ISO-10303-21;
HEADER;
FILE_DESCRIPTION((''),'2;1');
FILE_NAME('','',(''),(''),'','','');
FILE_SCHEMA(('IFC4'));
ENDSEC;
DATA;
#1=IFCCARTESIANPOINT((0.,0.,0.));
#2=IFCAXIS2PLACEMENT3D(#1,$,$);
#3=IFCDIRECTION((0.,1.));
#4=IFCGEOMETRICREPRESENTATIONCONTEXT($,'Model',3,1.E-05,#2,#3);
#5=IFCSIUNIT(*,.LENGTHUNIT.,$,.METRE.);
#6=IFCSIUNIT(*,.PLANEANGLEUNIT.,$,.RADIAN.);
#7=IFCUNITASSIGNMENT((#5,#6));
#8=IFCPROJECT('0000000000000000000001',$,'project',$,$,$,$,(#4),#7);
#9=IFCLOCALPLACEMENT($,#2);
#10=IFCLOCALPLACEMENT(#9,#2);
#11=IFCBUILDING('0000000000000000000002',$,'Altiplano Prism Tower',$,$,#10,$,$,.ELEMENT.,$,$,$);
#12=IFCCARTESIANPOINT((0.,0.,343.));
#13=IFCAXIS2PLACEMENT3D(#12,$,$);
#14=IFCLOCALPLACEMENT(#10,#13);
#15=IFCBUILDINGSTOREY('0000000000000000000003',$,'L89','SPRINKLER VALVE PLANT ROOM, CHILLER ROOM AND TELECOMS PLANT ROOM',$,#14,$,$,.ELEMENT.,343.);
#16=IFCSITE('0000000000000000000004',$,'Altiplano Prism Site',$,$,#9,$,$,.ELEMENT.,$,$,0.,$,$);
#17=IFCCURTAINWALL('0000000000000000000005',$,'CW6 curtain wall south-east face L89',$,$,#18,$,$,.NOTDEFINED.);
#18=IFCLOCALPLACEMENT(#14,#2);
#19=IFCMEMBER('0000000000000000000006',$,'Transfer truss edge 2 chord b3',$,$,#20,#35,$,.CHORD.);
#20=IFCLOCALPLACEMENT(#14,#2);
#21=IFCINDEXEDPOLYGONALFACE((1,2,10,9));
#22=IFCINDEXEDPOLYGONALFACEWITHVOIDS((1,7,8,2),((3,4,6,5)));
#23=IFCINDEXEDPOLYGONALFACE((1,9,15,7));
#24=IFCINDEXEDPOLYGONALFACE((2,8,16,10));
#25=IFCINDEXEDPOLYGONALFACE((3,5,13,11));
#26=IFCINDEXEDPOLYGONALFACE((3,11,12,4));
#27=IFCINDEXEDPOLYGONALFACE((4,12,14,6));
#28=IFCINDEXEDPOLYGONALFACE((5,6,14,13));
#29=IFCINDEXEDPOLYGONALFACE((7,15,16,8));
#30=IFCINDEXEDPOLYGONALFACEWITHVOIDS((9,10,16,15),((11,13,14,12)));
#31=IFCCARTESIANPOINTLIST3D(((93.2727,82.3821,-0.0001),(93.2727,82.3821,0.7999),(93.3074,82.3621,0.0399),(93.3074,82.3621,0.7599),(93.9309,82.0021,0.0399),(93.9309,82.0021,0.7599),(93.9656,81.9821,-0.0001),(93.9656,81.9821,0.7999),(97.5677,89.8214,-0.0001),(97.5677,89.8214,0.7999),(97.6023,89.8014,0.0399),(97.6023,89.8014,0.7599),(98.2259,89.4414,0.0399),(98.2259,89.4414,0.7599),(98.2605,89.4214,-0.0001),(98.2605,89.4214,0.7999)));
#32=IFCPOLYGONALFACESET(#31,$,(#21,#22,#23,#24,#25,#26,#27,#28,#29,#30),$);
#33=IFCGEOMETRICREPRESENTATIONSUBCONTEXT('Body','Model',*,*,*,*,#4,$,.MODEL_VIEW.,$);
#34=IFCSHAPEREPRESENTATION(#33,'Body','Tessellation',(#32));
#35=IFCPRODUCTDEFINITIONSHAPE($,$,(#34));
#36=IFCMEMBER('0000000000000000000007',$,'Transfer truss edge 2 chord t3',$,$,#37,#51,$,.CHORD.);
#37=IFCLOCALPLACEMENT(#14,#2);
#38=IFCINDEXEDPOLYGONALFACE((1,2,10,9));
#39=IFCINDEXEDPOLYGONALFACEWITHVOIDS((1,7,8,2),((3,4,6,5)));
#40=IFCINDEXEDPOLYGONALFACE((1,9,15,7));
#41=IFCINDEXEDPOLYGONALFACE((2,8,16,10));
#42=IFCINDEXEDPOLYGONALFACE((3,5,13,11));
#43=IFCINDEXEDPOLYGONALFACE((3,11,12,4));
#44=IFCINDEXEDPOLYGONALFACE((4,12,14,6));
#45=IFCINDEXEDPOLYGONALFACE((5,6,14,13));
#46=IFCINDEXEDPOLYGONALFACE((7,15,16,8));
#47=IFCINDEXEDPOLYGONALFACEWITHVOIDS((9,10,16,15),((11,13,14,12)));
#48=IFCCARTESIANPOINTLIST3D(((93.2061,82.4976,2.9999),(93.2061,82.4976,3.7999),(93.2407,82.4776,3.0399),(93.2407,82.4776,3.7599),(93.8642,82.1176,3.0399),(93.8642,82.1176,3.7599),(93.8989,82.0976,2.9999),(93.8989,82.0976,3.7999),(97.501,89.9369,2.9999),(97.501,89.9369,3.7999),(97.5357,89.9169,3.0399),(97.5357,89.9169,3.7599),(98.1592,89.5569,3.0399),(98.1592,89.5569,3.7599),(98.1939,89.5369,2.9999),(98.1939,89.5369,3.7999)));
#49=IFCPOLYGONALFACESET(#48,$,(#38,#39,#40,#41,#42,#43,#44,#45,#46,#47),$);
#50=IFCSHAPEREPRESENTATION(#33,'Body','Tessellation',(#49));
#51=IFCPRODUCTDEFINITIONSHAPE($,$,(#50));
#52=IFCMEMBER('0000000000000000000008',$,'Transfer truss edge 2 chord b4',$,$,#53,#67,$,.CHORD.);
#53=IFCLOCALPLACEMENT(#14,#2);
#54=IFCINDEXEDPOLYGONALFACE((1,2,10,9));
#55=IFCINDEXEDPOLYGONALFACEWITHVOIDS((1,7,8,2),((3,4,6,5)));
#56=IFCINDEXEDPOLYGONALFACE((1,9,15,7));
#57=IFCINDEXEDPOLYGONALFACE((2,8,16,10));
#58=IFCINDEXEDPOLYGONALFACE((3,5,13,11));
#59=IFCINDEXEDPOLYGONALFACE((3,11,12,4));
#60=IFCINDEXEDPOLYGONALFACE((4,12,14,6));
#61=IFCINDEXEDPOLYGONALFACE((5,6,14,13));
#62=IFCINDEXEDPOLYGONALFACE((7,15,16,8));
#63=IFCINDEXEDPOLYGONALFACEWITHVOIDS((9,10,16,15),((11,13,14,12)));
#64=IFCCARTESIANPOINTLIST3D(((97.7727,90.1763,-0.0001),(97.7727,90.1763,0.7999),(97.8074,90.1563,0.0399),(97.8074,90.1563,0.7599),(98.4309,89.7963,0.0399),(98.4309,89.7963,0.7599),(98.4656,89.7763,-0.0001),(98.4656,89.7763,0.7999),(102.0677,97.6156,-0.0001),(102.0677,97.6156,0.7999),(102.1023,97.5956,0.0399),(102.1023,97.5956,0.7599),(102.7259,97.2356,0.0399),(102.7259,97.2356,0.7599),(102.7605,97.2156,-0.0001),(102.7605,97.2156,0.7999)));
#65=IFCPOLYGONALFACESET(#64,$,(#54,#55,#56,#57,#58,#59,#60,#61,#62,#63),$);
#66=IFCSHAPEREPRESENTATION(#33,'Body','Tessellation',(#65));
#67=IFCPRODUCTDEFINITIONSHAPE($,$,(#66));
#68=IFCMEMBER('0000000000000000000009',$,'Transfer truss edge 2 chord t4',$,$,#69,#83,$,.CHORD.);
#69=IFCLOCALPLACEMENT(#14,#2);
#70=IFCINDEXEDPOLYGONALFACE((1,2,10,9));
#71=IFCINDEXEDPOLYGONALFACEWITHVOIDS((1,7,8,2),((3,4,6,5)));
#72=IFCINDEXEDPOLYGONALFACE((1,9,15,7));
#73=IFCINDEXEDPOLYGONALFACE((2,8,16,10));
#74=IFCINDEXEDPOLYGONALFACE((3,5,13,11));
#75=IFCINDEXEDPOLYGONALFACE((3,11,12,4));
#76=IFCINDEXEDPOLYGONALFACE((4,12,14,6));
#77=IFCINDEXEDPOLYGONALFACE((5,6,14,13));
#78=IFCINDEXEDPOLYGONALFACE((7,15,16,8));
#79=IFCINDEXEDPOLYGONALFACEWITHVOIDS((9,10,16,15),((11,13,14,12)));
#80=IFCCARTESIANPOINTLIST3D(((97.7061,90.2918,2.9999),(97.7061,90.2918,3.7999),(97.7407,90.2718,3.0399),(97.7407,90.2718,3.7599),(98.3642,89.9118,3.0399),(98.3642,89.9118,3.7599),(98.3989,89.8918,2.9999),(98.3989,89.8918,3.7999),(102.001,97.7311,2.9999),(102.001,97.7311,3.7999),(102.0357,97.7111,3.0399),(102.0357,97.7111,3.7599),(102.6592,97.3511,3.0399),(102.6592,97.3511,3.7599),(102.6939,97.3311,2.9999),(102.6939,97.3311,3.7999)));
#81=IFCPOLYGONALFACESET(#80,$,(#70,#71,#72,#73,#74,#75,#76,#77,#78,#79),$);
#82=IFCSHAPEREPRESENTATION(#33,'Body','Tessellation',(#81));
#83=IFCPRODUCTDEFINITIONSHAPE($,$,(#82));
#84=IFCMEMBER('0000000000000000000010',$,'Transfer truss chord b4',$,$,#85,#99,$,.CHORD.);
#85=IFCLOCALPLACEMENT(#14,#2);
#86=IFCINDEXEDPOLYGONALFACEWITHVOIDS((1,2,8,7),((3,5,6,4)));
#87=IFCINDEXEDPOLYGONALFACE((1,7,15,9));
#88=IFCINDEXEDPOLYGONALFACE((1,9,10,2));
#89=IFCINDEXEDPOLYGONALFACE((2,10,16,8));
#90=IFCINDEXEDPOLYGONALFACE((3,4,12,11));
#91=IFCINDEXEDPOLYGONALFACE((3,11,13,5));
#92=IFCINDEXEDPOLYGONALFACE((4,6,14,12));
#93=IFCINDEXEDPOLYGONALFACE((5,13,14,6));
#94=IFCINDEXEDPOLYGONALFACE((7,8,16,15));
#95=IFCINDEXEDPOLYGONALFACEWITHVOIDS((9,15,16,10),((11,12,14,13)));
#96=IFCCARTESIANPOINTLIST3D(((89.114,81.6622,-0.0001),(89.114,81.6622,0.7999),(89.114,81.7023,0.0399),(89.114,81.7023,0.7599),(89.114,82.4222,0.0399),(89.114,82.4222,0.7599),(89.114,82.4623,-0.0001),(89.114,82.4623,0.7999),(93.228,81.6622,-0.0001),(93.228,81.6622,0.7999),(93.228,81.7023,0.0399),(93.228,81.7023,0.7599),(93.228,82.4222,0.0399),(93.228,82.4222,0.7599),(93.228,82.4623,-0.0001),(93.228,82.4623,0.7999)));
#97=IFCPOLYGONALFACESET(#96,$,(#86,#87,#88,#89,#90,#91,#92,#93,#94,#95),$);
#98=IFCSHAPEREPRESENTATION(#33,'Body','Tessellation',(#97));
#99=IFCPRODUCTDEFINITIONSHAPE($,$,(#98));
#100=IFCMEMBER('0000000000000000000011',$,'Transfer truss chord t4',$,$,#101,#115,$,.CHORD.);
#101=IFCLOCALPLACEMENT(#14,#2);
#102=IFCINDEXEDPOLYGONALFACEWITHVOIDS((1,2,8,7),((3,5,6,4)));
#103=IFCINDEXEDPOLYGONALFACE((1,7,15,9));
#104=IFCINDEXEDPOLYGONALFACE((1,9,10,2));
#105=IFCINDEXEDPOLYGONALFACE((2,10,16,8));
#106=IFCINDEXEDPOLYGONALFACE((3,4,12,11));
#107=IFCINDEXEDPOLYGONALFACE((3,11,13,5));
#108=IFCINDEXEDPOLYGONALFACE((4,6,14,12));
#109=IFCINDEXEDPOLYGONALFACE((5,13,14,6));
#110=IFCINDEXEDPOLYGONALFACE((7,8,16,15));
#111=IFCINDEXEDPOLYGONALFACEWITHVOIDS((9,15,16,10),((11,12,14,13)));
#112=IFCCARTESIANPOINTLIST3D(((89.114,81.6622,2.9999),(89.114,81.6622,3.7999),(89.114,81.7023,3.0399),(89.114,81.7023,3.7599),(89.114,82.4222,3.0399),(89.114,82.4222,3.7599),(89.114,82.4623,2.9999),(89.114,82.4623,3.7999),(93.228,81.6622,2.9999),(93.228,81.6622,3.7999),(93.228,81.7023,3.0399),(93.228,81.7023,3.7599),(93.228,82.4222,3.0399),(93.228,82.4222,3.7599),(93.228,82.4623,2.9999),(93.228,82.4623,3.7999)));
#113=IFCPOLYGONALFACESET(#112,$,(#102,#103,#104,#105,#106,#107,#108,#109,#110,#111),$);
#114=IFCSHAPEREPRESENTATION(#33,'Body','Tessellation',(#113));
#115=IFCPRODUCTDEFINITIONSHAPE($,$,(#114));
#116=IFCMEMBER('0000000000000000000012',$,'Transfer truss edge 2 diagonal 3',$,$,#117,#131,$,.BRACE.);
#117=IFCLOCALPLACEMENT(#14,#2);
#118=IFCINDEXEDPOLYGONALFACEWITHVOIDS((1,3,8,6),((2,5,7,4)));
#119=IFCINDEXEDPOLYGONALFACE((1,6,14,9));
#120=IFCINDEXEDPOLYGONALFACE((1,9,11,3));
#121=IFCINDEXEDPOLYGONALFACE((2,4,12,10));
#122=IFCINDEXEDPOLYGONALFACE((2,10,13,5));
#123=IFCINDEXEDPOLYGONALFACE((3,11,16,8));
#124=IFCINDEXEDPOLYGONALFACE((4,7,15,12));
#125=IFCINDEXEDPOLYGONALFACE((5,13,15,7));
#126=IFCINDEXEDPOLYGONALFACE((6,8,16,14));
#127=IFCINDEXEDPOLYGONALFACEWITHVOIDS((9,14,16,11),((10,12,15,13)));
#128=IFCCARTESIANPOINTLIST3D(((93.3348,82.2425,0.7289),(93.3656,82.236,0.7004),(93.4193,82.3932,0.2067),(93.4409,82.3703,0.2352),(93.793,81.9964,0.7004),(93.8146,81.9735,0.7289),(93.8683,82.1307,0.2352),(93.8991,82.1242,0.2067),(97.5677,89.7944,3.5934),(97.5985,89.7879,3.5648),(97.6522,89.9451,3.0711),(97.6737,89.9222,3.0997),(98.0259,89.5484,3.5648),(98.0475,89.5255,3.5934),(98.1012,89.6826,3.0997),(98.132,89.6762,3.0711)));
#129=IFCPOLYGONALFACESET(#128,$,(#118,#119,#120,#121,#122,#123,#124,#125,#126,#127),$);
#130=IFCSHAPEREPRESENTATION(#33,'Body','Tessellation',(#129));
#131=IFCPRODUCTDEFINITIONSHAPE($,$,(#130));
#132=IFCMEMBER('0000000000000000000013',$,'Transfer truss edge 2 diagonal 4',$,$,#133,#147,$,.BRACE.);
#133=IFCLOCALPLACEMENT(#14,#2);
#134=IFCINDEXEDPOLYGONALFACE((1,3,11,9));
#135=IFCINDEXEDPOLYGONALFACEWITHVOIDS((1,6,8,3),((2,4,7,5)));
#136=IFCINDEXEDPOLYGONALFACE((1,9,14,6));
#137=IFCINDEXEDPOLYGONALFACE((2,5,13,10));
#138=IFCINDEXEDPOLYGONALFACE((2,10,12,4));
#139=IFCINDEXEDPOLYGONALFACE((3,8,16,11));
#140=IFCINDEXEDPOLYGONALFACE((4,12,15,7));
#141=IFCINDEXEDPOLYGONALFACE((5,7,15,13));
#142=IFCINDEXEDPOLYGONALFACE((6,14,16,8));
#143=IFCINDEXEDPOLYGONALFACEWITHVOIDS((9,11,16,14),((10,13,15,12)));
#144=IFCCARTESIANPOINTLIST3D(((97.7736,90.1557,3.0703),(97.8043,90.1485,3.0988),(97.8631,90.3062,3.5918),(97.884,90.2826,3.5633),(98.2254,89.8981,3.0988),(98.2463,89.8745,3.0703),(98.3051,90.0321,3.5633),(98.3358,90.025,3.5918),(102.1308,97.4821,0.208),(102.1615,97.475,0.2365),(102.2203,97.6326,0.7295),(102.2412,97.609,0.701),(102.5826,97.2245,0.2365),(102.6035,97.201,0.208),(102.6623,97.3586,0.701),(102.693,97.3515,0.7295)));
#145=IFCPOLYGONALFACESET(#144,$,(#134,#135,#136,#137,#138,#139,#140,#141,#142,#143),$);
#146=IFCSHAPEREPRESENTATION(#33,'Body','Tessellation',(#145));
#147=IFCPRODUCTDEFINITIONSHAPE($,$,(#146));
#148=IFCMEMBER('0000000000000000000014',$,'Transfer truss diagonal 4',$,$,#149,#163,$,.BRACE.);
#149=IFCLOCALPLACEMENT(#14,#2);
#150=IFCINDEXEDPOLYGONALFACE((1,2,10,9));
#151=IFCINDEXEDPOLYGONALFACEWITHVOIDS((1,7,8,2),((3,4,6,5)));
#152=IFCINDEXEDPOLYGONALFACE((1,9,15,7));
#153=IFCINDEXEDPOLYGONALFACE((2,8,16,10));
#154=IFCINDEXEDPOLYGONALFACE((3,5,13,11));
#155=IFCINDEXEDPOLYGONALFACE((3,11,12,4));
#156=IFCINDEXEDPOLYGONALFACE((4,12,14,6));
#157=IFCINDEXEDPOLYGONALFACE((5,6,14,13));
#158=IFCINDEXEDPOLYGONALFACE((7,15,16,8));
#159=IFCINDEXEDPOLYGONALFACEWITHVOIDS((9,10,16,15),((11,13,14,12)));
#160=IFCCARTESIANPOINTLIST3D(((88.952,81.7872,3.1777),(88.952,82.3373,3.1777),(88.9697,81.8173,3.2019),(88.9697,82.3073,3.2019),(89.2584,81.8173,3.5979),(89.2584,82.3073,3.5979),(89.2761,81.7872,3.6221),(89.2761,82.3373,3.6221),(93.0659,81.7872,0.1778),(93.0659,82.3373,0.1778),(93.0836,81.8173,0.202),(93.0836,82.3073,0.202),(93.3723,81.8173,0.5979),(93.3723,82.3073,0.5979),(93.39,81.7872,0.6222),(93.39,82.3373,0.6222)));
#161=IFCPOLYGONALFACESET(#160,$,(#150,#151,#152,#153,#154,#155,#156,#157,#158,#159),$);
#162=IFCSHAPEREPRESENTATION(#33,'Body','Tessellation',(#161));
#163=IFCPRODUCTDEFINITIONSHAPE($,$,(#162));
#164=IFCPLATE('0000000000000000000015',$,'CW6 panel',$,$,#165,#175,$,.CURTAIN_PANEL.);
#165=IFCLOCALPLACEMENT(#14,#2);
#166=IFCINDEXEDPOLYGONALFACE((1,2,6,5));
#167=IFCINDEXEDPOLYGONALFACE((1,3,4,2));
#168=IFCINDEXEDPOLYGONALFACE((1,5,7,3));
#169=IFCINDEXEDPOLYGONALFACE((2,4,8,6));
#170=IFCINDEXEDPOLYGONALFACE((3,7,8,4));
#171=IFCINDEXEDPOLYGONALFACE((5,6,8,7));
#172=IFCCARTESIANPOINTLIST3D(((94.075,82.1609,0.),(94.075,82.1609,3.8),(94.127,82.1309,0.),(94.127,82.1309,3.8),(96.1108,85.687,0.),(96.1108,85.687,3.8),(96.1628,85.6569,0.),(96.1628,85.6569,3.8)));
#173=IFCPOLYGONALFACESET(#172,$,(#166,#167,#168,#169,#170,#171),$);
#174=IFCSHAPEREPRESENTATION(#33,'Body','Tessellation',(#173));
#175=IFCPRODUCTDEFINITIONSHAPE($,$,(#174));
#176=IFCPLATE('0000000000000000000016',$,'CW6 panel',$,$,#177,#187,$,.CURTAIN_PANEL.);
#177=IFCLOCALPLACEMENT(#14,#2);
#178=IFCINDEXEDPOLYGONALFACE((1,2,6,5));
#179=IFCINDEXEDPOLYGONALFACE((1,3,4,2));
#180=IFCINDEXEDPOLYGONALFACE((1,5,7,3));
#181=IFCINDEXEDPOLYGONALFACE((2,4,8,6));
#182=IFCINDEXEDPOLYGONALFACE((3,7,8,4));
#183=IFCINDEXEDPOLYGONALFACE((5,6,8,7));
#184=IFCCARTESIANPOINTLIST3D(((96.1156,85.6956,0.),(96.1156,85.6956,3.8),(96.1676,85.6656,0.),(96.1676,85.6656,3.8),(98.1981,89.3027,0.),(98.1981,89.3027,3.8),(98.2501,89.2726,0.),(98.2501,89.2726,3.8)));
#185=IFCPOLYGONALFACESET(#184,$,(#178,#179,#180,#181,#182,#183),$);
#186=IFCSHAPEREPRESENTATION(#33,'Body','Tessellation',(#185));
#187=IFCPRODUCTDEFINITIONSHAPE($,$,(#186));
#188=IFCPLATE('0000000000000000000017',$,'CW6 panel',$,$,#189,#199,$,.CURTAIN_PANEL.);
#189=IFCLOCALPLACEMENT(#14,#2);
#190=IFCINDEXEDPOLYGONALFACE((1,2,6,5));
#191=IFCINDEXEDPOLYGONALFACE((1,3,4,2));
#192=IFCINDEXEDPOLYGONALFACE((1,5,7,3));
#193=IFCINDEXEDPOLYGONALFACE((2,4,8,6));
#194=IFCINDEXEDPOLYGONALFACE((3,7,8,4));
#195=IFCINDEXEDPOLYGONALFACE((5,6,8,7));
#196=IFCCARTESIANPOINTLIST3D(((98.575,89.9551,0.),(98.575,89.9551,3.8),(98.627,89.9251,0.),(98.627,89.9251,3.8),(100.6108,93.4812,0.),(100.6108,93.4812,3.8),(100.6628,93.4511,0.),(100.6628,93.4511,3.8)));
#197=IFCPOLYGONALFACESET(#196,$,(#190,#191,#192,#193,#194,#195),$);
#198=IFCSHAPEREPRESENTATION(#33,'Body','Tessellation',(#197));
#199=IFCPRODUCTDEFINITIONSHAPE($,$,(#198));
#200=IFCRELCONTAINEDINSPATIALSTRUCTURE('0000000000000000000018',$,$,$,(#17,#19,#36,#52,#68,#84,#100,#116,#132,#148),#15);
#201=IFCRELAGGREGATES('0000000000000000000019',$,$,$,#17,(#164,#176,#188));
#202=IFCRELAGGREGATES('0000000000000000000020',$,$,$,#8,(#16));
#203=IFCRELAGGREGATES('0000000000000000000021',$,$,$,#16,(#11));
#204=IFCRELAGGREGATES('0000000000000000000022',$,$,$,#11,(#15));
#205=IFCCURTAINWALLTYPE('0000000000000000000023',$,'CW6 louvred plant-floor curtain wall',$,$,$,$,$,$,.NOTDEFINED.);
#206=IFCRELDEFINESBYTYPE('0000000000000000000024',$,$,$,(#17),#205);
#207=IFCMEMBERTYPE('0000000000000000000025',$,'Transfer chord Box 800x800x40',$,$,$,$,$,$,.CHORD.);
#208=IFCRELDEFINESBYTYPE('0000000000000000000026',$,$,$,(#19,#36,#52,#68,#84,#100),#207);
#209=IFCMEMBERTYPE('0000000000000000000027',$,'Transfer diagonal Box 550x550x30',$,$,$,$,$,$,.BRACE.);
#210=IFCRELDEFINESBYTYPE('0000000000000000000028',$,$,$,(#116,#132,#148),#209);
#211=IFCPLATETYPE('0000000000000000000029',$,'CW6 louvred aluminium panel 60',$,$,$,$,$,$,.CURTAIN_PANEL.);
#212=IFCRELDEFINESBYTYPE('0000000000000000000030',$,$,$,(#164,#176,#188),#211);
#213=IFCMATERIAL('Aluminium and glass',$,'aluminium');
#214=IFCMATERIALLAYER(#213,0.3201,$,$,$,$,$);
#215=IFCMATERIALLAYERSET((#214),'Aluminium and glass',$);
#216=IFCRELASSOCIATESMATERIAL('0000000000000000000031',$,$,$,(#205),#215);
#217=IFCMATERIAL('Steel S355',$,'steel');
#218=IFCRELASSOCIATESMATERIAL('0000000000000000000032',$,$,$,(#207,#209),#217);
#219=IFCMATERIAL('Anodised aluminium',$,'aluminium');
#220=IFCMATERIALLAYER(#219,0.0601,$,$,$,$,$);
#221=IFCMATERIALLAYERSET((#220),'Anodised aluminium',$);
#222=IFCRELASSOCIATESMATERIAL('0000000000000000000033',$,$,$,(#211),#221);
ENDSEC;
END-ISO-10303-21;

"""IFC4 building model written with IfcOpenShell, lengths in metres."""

from ifc_helpers import new_model, si_unit, direction, frame, origin, origin_2d, place, context, subcontext, project, spatial, rectangle, hollow_rectangle, extrude, material, layer, layer_set, material_profile, profile_set, type_object, element, aggregate, save


model = new_model("IFC4")

# Units and contexts
model_context = context("Model", 3, precision=1e-05, world=origin(), true_north=direction((0.0, 1.0)))
body_context = subcontext(model_context, "Body", "Model", "MODEL_VIEW")
ifc_project = project(units=[si_unit("LENGTHUNIT", "METRE"), si_unit("PLANEANGLEUNIT", "RADIAN")], contexts=[model_context])

# Site, building, storey
site_placement = place(None, origin())
site = spatial("IfcSite", under=ifc_project, at=site_placement, Name="Altiplano Prism Site", CompositionType="ELEMENT", RefElevation=0.0)
building_placement = place(site_placement, origin())
building = spatial("IfcBuilding", under=site, at=building_placement, Name="Altiplano Prism Tower", CompositionType="ELEMENT")
storey_placement = place(building_placement, frame((0.0, 0.0, 343.0)))
storey = spatial("IfcBuildingStorey", under=building, at=storey_placement, Name="L89", Description="SPRINKLER VALVE PLANT ROOM, CHILLER ROOM AND TELECOMS PLANT ROOM", CompositionType="ELEMENT", Elevation=343.0)

# Shared definitions
ifc_material_1 = material(Name="Steel S355", Category="steel")

# Curtain wall
ifc_material_2 = material(Name="Aluminium and glass", Category="aluminium")
ifc_layer_1 = layer(ifc_material_2, 0.3201)
ifc_layer_set_1 = layer_set([ifc_layer_1], Name="Aluminium and glass")
curtain_wall_type = type_object("IfcCurtainWallType", Name="CW6 louvred plant-floor curtain wall", PredefinedType="NOTDEFINED", material=ifc_layer_set_1)
curtain_wall_placement = place(storey_placement, origin())
curtain_wall = element("IfcCurtainWall", 1, at=curtain_wall_placement, inside=storey, type_object=curtain_wall_type, Name="CW6 curtain wall south-east face L89", PredefinedType="NOTDEFINED")

# Members
ifc_material_profile_1 = material_profile(ifc_material_1, hollow_rectangle(XDim=0.8, YDim=0.8, WallThickness=0.04, at=origin_2d()), Name="Transfer chord Box 800x800x40")
ifc_profile_set_1 = profile_set([ifc_material_profile_1], Name="Steel S355")
member_type_1 = type_object("IfcMemberType", Name="Transfer chord Box 800x800x40", PredefinedType="CHORD", material=ifc_profile_set_1)
for number, where, z_axis, x_axis, name in (
    (2, (93.6191, 82.1821, 0.3999), (0.499991, 0.866031, 0.0), (-0.866031, 0.499991, 0.0), "Transfer truss edge 2 chord b3"),
    (3, (93.5525, 82.2976, 3.3999), (0.499991, 0.866031, 0.0), (-0.866031, 0.499991, 0.0), "Transfer truss edge 2 chord t3"),
    (4, (98.1191, 89.9763, 0.3999), (0.499991, 0.866031, 0.0), (-0.866031, 0.499991, 0.0), "Transfer truss edge 2 chord b4"),
    (5, (98.0525, 90.0918, 3.3999), (0.499991, 0.866031, 0.0), (-0.866031, 0.499991, 0.0), "Transfer truss edge 2 chord t4"),
):
    element("IfcMember", number, at=place(storey_placement, frame(where, z_axis=z_axis, x_axis=x_axis)), inside=storey, type_object=member_type_1, Name=name, PredefinedType="CHORD", context=body_context, shape_type="SweptSolid", body=[
        extrude(hollow_rectangle(XDim=0.8, YDim=0.8, WallThickness=0.04, at=origin_2d()), origin(), (0.0, 0.0, 1.0), 8.5901),
    ])
for number, where, z_axis, x_axis, name in (
    (6, (89.114, 82.0623, 0.3999), (1.0, 0.0, 0.0), (0.0, 1.0, 0.0), "Transfer truss chord b4"),
    (7, (89.114, 82.0623, 3.3999), (1.0, 0.0, 0.0), (0.0, 1.0, 0.0), "Transfer truss chord t4"),
):
    element("IfcMember", number, at=place(storey_placement, frame(where, z_axis=z_axis, x_axis=x_axis)), inside=storey, type_object=member_type_1, Name=name, PredefinedType="CHORD", context=body_context, shape_type="SweptSolid", body=[
        extrude(hollow_rectangle(XDim=0.8, YDim=0.8, WallThickness=0.04, at=origin_2d()), origin(), (0.0, 0.0, 1.0), 4.114),
    ])
ifc_material_profile_2 = material_profile(ifc_material_1, hollow_rectangle(XDim=0.55, YDim=0.55, WallThickness=0.03, at=origin_2d()), Name="Transfer diagonal Box 550x550x30")
ifc_profile_set_2 = profile_set([ifc_material_profile_2], Name="Steel S355")
member_type_2 = type_object("IfcMemberType", Name="Transfer diagonal Box 550x550x30", PredefinedType="BRACE", material=ifc_profile_set_2)
member_1_placement = place(storey_placement, frame((93.6169, 82.1833, 0.4678), z_axis=(0.464187, 0.828164, 0.314126), x_axis=(-0.872319, 0.488937, 0.0)))
element("IfcMember", 8, at=member_1_placement, inside=storey, type_object=member_type_2, Name="Transfer truss edge 2 diagonal 3", PredefinedType="BRACE", context=body_context, shape_type="SweptSolid", body=[
    extrude(hollow_rectangle(XDim=0.55, YDim=0.55, WallThickness=0.03, at=origin_2d()), origin(), (0.0, 0.0, 1.0), 9.1189),
])
member_2_placement = place(storey_placement, frame((98.0547, 90.0903, 3.3311), z_axis=(0.484567, 0.81478, -0.318321), x_axis=(-0.859488, 0.511156, 0.0)))
element("IfcMember", 9, at=member_2_placement, inside=storey, type_object=member_type_2, Name="Transfer truss edge 2 diagonal 4", PredefinedType="BRACE", context=body_context, shape_type="SweptSolid", body=[
    extrude(hollow_rectangle(XDim=0.55, YDim=0.55, WallThickness=0.03, at=origin_2d()), origin(), (0.0, 0.0, 1.0), 8.9919),
])
member_3_placement = place(storey_placement, frame((89.114, 82.0623, 3.3999), z_axis=(0.807989, 0.0, -0.589198), x_axis=(0.0, 1.0, 0.0)))
element("IfcMember", 10, at=member_3_placement, inside=storey, type_object=member_type_2, Name="Transfer truss diagonal 4", PredefinedType="BRACE", context=body_context, shape_type="SweptSolid", body=[
    extrude(hollow_rectangle(XDim=0.55, YDim=0.55, WallThickness=0.03, at=origin_2d()), origin(), (0.0, 0.0, 1.0), 5.0916),
])

# Plates
ifc_material_3 = material(Name="Anodised aluminium", Category="aluminium")
ifc_layer_2 = layer(ifc_material_3, 0.0601)
ifc_layer_set_2 = layer_set([ifc_layer_2], Name="Anodised aluminium")
plate_type = type_object("IfcPlateType", Name="CW6 louvred aluminium panel 60", PredefinedType="CURTAIN_PANEL", material=ifc_layer_set_2)
plate_1_placement = place(storey_placement, frame((95.1189, 83.9089, 0.0), z_axis=(0.0, 0.0, 1.0), x_axis=(0.5, 0.866025, 0.0)))
plate_1 = element("IfcPlate", 11, at=plate_1_placement, type_object=plate_type, Name="CW6 panel", PredefinedType="CURTAIN_PANEL", context=body_context, shape_type="SweptSolid", body=[
    extrude(rectangle(XDim=4.0715, YDim=0.0601, at=origin_2d()), origin(), (0.0, 0.0, 1.0), 3.8),
])
plate_2_placement = place(storey_placement, frame((97.1829, 87.4841, 0.0), z_axis=(0.0, 0.0, 1.0), x_axis=(0.5, 0.866025, 0.0)))
plate_2 = element("IfcPlate", 12, at=plate_2_placement, type_object=plate_type, Name="CW6 panel", PredefinedType="CURTAIN_PANEL", context=body_context, shape_type="SweptSolid", body=[
    extrude(rectangle(XDim=4.165, YDim=0.0601, at=origin_2d()), origin(), (0.0, 0.0, 1.0), 3.8),
])
plate_3_placement = place(storey_placement, frame((99.6189, 91.7031, 0.0), z_axis=(0.0, 0.0, 1.0), x_axis=(0.5, 0.866025, 0.0)))
plate_3 = element("IfcPlate", 13, at=plate_3_placement, type_object=plate_type, Name="CW6 panel", PredefinedType="CURTAIN_PANEL", context=body_context, shape_type="SweptSolid", body=[
    extrude(rectangle(XDim=4.0715, YDim=0.0601, at=origin_2d()), origin(), (0.0, 0.0, 1.0), 3.8),
])
aggregate(curtain_wall, [plate_1, plate_2, plate_3])

save(model, "model.ifc")
